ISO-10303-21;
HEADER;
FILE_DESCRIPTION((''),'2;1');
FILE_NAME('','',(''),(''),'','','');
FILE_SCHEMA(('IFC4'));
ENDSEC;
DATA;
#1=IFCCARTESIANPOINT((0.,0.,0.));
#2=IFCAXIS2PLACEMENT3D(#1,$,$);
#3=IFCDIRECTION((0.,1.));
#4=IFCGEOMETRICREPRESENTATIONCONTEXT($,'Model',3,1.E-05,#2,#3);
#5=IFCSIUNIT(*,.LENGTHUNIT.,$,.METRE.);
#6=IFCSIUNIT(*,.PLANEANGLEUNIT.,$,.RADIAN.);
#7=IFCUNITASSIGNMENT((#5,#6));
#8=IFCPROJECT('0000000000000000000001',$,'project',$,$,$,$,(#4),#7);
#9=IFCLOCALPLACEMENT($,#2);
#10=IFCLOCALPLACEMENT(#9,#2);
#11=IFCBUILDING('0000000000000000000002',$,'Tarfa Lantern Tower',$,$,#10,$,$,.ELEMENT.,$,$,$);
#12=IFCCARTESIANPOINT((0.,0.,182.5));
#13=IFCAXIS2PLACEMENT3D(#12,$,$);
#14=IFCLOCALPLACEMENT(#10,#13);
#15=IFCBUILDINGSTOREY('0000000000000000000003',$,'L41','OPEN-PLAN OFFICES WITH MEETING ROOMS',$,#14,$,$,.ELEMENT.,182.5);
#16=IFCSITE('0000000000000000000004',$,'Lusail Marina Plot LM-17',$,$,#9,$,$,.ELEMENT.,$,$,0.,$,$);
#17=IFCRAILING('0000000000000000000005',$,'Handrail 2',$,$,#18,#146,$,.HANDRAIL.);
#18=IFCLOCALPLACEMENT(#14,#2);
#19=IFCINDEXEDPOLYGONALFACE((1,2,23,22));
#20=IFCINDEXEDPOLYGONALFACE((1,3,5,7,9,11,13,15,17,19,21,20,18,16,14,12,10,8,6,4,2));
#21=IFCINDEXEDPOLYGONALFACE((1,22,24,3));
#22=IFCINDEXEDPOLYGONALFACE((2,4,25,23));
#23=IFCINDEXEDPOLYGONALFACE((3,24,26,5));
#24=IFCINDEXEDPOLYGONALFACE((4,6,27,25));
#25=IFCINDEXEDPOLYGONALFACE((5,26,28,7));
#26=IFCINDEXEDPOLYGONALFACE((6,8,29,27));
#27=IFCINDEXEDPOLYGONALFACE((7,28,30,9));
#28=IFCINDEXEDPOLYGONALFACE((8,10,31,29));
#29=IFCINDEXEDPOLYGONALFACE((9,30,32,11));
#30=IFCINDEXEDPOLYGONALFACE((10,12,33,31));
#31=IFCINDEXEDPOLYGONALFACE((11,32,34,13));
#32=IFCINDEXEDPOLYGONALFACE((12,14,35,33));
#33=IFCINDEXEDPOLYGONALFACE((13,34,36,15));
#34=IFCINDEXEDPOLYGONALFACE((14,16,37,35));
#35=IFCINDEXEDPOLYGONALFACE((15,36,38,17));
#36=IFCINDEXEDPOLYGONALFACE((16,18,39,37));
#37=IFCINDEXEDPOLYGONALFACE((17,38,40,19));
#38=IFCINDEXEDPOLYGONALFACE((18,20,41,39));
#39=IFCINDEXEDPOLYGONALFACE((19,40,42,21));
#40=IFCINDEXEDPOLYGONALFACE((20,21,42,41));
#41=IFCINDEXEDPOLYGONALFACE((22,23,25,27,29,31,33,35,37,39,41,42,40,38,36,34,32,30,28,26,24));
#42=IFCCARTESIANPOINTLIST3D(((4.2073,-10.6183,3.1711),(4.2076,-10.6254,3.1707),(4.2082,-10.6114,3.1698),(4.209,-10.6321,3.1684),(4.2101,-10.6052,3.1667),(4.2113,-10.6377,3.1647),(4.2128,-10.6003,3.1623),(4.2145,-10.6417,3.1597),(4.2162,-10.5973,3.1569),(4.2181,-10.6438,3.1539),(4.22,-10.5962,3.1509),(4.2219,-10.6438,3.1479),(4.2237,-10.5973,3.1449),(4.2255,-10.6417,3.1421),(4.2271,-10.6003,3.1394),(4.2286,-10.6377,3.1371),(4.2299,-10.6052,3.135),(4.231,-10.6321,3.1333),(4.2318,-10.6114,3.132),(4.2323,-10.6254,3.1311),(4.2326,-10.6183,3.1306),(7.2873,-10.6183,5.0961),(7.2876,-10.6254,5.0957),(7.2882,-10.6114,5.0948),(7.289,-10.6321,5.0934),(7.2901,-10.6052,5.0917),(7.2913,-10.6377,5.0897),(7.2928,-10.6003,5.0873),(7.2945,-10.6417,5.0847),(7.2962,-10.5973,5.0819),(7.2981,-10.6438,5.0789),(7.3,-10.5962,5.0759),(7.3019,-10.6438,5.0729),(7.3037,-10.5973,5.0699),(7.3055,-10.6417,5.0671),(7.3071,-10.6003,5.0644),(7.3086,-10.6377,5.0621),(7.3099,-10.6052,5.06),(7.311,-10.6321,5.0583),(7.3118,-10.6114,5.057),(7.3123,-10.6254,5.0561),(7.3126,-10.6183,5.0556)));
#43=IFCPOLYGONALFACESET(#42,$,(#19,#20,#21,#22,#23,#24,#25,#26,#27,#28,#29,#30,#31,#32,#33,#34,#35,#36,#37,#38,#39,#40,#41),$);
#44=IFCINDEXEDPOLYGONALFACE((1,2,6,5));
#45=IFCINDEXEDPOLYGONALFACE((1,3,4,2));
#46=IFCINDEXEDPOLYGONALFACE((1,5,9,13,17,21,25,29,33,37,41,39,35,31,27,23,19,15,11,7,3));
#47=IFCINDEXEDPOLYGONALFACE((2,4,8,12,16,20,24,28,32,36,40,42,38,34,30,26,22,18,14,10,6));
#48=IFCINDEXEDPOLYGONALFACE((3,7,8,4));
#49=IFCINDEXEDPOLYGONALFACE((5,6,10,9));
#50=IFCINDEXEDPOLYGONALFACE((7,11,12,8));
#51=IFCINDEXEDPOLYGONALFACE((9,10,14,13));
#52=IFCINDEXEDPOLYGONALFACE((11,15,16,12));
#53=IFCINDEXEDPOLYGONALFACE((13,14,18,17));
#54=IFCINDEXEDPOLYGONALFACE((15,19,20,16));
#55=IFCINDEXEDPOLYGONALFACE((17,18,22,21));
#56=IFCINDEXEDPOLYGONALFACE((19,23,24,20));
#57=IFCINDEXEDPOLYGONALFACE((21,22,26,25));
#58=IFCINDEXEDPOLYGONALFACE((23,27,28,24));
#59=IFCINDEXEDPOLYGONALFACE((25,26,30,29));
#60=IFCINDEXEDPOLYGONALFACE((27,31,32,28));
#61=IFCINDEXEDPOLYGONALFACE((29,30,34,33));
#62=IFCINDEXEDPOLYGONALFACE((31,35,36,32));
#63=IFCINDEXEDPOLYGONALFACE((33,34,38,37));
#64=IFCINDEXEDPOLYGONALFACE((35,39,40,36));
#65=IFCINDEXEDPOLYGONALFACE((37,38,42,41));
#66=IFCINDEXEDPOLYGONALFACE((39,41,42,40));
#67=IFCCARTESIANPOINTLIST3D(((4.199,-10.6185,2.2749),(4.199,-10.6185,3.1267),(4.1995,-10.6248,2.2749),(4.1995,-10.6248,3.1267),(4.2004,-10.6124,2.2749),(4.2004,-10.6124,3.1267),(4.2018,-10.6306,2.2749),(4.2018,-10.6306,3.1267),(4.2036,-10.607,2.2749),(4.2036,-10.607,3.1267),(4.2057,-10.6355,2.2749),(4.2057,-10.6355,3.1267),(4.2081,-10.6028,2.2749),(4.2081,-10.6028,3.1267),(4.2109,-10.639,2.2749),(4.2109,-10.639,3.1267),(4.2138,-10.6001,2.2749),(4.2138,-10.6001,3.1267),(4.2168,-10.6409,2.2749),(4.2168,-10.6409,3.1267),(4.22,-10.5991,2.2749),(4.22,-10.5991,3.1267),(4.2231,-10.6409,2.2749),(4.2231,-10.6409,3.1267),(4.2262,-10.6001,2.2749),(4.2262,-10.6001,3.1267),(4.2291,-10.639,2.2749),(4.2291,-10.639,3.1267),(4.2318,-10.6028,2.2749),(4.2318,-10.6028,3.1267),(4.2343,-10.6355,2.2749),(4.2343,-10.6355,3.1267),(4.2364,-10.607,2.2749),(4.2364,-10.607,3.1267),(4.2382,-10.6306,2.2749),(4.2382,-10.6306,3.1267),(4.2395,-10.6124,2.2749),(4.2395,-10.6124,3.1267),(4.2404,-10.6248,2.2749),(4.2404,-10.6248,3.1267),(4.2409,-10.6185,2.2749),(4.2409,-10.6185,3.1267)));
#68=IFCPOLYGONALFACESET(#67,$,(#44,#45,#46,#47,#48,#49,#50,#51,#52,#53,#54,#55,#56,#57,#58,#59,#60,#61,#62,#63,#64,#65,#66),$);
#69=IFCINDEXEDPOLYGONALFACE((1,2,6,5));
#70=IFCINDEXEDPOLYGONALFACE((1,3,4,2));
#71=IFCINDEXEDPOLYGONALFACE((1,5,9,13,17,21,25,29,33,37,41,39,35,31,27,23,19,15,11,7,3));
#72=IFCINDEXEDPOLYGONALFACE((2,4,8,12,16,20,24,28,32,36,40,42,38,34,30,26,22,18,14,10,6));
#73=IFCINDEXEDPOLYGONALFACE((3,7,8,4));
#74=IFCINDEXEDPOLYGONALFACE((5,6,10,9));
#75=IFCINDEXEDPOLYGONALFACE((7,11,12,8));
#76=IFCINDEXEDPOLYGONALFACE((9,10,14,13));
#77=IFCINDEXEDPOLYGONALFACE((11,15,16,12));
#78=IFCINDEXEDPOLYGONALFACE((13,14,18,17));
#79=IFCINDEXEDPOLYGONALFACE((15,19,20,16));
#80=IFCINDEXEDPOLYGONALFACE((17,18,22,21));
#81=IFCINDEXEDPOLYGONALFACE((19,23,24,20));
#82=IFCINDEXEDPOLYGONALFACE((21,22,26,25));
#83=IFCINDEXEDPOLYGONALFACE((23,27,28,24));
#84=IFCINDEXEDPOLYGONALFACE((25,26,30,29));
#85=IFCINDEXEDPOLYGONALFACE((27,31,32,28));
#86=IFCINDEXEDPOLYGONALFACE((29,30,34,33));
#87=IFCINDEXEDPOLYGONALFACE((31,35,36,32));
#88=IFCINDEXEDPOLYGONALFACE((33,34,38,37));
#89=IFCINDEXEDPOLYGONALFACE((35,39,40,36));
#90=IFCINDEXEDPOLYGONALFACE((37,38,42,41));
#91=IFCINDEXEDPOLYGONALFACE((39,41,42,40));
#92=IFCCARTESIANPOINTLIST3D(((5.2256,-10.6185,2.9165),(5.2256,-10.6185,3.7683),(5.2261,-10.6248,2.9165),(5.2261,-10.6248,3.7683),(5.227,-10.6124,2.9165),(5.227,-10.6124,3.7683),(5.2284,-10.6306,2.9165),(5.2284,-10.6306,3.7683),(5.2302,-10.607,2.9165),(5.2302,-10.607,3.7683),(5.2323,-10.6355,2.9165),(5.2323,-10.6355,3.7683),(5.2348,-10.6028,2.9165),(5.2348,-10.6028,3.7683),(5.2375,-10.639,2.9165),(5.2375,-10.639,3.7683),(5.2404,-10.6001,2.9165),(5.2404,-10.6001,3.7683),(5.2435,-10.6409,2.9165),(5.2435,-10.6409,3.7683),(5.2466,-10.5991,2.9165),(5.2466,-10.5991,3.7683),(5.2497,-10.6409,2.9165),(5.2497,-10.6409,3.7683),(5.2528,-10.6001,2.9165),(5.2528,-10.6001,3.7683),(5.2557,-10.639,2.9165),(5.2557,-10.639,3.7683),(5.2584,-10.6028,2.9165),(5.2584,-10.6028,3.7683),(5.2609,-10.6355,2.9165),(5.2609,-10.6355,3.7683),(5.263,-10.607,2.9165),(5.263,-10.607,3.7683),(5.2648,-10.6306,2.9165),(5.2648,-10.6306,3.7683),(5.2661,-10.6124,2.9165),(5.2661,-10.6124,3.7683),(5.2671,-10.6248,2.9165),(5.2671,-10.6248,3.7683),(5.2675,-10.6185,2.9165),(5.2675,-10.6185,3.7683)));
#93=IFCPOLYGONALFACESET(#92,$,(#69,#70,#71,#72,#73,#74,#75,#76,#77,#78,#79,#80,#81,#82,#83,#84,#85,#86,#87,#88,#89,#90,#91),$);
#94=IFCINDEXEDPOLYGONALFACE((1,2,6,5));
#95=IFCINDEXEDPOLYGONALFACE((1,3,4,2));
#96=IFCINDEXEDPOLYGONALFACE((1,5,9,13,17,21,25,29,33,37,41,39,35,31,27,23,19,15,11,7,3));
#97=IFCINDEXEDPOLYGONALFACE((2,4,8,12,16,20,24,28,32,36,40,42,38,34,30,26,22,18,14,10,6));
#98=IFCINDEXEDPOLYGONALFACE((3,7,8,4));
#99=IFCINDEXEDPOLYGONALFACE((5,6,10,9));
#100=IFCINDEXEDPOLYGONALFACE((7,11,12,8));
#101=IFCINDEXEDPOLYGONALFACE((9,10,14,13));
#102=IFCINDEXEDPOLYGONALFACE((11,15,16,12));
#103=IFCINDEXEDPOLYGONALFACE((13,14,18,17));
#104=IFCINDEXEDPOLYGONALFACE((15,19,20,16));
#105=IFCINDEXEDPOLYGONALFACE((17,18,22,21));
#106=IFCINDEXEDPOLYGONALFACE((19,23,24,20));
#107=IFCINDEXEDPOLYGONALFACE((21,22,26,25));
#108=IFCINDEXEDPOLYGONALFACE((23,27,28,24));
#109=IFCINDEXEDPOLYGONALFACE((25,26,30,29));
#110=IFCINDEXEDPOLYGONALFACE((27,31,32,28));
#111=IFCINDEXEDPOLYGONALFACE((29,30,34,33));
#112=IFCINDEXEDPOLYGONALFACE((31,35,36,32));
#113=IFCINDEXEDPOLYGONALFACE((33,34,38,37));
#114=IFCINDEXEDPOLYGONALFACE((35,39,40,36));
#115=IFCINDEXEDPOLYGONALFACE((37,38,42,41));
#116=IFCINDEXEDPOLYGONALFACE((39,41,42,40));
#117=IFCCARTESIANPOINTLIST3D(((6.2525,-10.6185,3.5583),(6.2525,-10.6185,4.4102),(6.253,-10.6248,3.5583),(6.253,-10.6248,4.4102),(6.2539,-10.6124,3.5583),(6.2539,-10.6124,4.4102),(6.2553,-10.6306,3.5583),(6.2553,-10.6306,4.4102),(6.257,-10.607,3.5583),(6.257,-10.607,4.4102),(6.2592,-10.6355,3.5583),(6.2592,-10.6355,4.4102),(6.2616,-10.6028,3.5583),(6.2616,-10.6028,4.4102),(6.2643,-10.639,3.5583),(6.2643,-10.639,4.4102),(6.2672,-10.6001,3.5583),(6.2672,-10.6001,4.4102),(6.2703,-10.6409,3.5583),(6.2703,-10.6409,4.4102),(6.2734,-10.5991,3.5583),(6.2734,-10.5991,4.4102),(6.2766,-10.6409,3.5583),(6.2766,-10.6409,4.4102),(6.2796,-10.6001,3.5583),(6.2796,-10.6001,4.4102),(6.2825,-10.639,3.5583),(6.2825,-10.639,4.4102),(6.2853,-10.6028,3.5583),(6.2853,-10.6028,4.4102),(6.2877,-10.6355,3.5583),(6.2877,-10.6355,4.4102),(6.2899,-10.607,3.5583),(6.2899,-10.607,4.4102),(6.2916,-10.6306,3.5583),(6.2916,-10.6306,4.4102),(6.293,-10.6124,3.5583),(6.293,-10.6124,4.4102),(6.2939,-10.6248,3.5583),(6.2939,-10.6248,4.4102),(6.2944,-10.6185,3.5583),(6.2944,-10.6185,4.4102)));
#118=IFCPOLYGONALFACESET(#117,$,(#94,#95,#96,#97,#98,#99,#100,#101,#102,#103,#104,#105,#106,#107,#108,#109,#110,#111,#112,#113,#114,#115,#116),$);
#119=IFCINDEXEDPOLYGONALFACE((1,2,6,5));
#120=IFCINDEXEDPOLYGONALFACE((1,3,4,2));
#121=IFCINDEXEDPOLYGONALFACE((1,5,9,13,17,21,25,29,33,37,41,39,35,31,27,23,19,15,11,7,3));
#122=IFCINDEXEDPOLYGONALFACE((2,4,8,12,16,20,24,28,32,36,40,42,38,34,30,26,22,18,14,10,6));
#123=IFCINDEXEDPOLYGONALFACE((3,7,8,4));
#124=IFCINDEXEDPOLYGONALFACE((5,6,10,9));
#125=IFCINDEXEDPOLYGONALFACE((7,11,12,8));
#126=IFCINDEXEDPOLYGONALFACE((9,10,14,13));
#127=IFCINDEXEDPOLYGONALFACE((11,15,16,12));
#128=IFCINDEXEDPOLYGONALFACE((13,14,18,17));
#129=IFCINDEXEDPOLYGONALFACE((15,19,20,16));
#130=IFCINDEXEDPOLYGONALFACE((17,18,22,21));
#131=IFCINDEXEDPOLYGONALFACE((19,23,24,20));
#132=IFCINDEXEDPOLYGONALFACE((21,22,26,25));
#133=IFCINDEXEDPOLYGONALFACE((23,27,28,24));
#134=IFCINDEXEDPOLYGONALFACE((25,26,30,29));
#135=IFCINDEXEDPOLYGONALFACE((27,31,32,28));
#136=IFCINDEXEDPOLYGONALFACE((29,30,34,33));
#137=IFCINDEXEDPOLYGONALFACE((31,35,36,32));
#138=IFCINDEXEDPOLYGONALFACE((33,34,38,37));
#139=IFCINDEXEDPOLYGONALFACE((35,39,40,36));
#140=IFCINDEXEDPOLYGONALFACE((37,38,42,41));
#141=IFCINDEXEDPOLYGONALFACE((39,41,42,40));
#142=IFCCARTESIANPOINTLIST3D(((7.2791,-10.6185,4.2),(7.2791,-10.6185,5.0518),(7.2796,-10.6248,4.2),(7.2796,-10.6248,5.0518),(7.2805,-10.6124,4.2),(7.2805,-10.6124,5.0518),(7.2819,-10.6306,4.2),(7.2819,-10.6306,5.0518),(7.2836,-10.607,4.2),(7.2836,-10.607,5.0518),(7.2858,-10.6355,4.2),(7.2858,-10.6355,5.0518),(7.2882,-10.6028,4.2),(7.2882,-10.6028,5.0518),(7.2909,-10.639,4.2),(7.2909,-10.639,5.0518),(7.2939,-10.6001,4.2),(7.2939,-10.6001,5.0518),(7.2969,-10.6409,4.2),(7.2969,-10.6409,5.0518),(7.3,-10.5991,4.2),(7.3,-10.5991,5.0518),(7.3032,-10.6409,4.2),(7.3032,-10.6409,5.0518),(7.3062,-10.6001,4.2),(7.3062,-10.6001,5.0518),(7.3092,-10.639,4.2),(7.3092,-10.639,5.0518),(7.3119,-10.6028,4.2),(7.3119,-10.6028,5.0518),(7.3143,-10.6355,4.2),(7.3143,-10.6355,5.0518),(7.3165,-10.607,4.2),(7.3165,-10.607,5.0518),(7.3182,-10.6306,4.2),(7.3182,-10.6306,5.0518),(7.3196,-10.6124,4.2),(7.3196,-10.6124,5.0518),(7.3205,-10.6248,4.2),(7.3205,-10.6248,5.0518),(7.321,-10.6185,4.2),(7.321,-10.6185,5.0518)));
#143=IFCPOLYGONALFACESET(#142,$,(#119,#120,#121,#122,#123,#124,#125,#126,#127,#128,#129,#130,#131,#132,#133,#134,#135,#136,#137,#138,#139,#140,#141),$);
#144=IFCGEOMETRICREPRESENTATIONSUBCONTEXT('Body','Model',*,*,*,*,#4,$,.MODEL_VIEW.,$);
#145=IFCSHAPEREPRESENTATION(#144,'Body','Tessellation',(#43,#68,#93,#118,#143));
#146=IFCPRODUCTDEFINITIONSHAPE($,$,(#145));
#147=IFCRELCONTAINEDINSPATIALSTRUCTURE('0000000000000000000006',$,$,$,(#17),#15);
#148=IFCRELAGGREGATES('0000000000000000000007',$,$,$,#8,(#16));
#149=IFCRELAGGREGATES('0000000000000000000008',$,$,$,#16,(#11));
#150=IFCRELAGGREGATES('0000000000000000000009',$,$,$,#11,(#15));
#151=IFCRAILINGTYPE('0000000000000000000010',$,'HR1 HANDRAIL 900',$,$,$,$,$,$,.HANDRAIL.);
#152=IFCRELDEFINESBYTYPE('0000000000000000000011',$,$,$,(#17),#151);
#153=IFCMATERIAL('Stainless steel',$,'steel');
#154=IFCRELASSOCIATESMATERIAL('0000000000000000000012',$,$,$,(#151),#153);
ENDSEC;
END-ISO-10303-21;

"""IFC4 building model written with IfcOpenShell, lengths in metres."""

from ifc_helpers import new_model, si_unit, direction, frame, origin, origin_2d, place, context, subcontext, project, spatial, circle, extrude, material, type_object, element, save


model = new_model("IFC4")

# Units and contexts
model_context = context("Model", 3, precision=1e-05, world=origin(), true_north=direction((0.0, 1.0)))
body_context = subcontext(model_context, "Body", "Model", "MODEL_VIEW")
ifc_project = project(units=[si_unit("LENGTHUNIT", "METRE"), si_unit("PLANEANGLEUNIT", "RADIAN")], contexts=[model_context])

# Site, building, storey
site_placement = place(None, origin())
site = spatial("IfcSite", under=ifc_project, at=site_placement, Name="Lusail Marina Plot LM-17", CompositionType="ELEMENT", RefElevation=0.0)
building_placement = place(site_placement, origin())
building = spatial("IfcBuilding", under=site, at=building_placement, Name="Tarfa Lantern Tower", CompositionType="ELEMENT")
storey_placement = place(building_placement, frame((0.0, 0.0, 182.5)))
storey = spatial("IfcBuildingStorey", under=building, at=storey_placement, Name="L41", Description="OPEN-PLAN OFFICES WITH MEETING ROOMS", CompositionType="ELEMENT", Elevation=182.5)

# Railing
ifc_material_1 = material(Name="Stainless steel", Category="steel")
railing_type = type_object("IfcRailingType", Name="HR1 HANDRAIL 900", PredefinedType="HANDRAIL", material=ifc_material_1)
railing_1_placement = place(storey_placement, frame((4.22, -10.6201, 2.2749)))
element("IfcRailing", 1, at=railing_1_placement, inside=storey, type_object=railing_type, Name="Handrail 2", PredefinedType="HANDRAIL", context=body_context, shape_type="SweptSolid", body=[
    extrude(circle(Radius=0.0239, at=origin_2d()), frame((0.0, 0.0, 0.876), z_axis=(0.847998, 0.0, 0.529999), x_axis=(0.0, 1.0, 0.0)), (0.0, 0.0, 1.0), 3.6321),
    extrude(circle(Radius=0.021, at=origin_2d()), frame((0.0, 0.0, 0.0), z_axis=(0.0, 0.0, 1.0), x_axis=(0.0, 1.0, 0.0)), (0.0, 0.0, 1.0), 0.8518),
    extrude(circle(Radius=0.021, at=origin_2d()), frame((1.0266, 0.0, 0.6416), z_axis=(0.0, 0.0, 1.0), x_axis=(0.0, 1.0, 0.0)), (0.0, 0.0, 1.0), 0.8518),
    extrude(circle(Radius=0.021, at=origin_2d()), frame((2.0535, 0.0, 1.2834), z_axis=(0.0, 0.0, 1.0), x_axis=(0.0, 1.0, 0.0)), (0.0, 0.0, 1.0), 0.8518),
    extrude(circle(Radius=0.021, at=origin_2d()), frame((3.0801, 0.0, 1.925), z_axis=(0.0, 0.0, 1.0), x_axis=(0.0, 1.0, 0.0)), (0.0, 0.0, 1.0), 0.8518),
])

save(model, "model.ifc")
